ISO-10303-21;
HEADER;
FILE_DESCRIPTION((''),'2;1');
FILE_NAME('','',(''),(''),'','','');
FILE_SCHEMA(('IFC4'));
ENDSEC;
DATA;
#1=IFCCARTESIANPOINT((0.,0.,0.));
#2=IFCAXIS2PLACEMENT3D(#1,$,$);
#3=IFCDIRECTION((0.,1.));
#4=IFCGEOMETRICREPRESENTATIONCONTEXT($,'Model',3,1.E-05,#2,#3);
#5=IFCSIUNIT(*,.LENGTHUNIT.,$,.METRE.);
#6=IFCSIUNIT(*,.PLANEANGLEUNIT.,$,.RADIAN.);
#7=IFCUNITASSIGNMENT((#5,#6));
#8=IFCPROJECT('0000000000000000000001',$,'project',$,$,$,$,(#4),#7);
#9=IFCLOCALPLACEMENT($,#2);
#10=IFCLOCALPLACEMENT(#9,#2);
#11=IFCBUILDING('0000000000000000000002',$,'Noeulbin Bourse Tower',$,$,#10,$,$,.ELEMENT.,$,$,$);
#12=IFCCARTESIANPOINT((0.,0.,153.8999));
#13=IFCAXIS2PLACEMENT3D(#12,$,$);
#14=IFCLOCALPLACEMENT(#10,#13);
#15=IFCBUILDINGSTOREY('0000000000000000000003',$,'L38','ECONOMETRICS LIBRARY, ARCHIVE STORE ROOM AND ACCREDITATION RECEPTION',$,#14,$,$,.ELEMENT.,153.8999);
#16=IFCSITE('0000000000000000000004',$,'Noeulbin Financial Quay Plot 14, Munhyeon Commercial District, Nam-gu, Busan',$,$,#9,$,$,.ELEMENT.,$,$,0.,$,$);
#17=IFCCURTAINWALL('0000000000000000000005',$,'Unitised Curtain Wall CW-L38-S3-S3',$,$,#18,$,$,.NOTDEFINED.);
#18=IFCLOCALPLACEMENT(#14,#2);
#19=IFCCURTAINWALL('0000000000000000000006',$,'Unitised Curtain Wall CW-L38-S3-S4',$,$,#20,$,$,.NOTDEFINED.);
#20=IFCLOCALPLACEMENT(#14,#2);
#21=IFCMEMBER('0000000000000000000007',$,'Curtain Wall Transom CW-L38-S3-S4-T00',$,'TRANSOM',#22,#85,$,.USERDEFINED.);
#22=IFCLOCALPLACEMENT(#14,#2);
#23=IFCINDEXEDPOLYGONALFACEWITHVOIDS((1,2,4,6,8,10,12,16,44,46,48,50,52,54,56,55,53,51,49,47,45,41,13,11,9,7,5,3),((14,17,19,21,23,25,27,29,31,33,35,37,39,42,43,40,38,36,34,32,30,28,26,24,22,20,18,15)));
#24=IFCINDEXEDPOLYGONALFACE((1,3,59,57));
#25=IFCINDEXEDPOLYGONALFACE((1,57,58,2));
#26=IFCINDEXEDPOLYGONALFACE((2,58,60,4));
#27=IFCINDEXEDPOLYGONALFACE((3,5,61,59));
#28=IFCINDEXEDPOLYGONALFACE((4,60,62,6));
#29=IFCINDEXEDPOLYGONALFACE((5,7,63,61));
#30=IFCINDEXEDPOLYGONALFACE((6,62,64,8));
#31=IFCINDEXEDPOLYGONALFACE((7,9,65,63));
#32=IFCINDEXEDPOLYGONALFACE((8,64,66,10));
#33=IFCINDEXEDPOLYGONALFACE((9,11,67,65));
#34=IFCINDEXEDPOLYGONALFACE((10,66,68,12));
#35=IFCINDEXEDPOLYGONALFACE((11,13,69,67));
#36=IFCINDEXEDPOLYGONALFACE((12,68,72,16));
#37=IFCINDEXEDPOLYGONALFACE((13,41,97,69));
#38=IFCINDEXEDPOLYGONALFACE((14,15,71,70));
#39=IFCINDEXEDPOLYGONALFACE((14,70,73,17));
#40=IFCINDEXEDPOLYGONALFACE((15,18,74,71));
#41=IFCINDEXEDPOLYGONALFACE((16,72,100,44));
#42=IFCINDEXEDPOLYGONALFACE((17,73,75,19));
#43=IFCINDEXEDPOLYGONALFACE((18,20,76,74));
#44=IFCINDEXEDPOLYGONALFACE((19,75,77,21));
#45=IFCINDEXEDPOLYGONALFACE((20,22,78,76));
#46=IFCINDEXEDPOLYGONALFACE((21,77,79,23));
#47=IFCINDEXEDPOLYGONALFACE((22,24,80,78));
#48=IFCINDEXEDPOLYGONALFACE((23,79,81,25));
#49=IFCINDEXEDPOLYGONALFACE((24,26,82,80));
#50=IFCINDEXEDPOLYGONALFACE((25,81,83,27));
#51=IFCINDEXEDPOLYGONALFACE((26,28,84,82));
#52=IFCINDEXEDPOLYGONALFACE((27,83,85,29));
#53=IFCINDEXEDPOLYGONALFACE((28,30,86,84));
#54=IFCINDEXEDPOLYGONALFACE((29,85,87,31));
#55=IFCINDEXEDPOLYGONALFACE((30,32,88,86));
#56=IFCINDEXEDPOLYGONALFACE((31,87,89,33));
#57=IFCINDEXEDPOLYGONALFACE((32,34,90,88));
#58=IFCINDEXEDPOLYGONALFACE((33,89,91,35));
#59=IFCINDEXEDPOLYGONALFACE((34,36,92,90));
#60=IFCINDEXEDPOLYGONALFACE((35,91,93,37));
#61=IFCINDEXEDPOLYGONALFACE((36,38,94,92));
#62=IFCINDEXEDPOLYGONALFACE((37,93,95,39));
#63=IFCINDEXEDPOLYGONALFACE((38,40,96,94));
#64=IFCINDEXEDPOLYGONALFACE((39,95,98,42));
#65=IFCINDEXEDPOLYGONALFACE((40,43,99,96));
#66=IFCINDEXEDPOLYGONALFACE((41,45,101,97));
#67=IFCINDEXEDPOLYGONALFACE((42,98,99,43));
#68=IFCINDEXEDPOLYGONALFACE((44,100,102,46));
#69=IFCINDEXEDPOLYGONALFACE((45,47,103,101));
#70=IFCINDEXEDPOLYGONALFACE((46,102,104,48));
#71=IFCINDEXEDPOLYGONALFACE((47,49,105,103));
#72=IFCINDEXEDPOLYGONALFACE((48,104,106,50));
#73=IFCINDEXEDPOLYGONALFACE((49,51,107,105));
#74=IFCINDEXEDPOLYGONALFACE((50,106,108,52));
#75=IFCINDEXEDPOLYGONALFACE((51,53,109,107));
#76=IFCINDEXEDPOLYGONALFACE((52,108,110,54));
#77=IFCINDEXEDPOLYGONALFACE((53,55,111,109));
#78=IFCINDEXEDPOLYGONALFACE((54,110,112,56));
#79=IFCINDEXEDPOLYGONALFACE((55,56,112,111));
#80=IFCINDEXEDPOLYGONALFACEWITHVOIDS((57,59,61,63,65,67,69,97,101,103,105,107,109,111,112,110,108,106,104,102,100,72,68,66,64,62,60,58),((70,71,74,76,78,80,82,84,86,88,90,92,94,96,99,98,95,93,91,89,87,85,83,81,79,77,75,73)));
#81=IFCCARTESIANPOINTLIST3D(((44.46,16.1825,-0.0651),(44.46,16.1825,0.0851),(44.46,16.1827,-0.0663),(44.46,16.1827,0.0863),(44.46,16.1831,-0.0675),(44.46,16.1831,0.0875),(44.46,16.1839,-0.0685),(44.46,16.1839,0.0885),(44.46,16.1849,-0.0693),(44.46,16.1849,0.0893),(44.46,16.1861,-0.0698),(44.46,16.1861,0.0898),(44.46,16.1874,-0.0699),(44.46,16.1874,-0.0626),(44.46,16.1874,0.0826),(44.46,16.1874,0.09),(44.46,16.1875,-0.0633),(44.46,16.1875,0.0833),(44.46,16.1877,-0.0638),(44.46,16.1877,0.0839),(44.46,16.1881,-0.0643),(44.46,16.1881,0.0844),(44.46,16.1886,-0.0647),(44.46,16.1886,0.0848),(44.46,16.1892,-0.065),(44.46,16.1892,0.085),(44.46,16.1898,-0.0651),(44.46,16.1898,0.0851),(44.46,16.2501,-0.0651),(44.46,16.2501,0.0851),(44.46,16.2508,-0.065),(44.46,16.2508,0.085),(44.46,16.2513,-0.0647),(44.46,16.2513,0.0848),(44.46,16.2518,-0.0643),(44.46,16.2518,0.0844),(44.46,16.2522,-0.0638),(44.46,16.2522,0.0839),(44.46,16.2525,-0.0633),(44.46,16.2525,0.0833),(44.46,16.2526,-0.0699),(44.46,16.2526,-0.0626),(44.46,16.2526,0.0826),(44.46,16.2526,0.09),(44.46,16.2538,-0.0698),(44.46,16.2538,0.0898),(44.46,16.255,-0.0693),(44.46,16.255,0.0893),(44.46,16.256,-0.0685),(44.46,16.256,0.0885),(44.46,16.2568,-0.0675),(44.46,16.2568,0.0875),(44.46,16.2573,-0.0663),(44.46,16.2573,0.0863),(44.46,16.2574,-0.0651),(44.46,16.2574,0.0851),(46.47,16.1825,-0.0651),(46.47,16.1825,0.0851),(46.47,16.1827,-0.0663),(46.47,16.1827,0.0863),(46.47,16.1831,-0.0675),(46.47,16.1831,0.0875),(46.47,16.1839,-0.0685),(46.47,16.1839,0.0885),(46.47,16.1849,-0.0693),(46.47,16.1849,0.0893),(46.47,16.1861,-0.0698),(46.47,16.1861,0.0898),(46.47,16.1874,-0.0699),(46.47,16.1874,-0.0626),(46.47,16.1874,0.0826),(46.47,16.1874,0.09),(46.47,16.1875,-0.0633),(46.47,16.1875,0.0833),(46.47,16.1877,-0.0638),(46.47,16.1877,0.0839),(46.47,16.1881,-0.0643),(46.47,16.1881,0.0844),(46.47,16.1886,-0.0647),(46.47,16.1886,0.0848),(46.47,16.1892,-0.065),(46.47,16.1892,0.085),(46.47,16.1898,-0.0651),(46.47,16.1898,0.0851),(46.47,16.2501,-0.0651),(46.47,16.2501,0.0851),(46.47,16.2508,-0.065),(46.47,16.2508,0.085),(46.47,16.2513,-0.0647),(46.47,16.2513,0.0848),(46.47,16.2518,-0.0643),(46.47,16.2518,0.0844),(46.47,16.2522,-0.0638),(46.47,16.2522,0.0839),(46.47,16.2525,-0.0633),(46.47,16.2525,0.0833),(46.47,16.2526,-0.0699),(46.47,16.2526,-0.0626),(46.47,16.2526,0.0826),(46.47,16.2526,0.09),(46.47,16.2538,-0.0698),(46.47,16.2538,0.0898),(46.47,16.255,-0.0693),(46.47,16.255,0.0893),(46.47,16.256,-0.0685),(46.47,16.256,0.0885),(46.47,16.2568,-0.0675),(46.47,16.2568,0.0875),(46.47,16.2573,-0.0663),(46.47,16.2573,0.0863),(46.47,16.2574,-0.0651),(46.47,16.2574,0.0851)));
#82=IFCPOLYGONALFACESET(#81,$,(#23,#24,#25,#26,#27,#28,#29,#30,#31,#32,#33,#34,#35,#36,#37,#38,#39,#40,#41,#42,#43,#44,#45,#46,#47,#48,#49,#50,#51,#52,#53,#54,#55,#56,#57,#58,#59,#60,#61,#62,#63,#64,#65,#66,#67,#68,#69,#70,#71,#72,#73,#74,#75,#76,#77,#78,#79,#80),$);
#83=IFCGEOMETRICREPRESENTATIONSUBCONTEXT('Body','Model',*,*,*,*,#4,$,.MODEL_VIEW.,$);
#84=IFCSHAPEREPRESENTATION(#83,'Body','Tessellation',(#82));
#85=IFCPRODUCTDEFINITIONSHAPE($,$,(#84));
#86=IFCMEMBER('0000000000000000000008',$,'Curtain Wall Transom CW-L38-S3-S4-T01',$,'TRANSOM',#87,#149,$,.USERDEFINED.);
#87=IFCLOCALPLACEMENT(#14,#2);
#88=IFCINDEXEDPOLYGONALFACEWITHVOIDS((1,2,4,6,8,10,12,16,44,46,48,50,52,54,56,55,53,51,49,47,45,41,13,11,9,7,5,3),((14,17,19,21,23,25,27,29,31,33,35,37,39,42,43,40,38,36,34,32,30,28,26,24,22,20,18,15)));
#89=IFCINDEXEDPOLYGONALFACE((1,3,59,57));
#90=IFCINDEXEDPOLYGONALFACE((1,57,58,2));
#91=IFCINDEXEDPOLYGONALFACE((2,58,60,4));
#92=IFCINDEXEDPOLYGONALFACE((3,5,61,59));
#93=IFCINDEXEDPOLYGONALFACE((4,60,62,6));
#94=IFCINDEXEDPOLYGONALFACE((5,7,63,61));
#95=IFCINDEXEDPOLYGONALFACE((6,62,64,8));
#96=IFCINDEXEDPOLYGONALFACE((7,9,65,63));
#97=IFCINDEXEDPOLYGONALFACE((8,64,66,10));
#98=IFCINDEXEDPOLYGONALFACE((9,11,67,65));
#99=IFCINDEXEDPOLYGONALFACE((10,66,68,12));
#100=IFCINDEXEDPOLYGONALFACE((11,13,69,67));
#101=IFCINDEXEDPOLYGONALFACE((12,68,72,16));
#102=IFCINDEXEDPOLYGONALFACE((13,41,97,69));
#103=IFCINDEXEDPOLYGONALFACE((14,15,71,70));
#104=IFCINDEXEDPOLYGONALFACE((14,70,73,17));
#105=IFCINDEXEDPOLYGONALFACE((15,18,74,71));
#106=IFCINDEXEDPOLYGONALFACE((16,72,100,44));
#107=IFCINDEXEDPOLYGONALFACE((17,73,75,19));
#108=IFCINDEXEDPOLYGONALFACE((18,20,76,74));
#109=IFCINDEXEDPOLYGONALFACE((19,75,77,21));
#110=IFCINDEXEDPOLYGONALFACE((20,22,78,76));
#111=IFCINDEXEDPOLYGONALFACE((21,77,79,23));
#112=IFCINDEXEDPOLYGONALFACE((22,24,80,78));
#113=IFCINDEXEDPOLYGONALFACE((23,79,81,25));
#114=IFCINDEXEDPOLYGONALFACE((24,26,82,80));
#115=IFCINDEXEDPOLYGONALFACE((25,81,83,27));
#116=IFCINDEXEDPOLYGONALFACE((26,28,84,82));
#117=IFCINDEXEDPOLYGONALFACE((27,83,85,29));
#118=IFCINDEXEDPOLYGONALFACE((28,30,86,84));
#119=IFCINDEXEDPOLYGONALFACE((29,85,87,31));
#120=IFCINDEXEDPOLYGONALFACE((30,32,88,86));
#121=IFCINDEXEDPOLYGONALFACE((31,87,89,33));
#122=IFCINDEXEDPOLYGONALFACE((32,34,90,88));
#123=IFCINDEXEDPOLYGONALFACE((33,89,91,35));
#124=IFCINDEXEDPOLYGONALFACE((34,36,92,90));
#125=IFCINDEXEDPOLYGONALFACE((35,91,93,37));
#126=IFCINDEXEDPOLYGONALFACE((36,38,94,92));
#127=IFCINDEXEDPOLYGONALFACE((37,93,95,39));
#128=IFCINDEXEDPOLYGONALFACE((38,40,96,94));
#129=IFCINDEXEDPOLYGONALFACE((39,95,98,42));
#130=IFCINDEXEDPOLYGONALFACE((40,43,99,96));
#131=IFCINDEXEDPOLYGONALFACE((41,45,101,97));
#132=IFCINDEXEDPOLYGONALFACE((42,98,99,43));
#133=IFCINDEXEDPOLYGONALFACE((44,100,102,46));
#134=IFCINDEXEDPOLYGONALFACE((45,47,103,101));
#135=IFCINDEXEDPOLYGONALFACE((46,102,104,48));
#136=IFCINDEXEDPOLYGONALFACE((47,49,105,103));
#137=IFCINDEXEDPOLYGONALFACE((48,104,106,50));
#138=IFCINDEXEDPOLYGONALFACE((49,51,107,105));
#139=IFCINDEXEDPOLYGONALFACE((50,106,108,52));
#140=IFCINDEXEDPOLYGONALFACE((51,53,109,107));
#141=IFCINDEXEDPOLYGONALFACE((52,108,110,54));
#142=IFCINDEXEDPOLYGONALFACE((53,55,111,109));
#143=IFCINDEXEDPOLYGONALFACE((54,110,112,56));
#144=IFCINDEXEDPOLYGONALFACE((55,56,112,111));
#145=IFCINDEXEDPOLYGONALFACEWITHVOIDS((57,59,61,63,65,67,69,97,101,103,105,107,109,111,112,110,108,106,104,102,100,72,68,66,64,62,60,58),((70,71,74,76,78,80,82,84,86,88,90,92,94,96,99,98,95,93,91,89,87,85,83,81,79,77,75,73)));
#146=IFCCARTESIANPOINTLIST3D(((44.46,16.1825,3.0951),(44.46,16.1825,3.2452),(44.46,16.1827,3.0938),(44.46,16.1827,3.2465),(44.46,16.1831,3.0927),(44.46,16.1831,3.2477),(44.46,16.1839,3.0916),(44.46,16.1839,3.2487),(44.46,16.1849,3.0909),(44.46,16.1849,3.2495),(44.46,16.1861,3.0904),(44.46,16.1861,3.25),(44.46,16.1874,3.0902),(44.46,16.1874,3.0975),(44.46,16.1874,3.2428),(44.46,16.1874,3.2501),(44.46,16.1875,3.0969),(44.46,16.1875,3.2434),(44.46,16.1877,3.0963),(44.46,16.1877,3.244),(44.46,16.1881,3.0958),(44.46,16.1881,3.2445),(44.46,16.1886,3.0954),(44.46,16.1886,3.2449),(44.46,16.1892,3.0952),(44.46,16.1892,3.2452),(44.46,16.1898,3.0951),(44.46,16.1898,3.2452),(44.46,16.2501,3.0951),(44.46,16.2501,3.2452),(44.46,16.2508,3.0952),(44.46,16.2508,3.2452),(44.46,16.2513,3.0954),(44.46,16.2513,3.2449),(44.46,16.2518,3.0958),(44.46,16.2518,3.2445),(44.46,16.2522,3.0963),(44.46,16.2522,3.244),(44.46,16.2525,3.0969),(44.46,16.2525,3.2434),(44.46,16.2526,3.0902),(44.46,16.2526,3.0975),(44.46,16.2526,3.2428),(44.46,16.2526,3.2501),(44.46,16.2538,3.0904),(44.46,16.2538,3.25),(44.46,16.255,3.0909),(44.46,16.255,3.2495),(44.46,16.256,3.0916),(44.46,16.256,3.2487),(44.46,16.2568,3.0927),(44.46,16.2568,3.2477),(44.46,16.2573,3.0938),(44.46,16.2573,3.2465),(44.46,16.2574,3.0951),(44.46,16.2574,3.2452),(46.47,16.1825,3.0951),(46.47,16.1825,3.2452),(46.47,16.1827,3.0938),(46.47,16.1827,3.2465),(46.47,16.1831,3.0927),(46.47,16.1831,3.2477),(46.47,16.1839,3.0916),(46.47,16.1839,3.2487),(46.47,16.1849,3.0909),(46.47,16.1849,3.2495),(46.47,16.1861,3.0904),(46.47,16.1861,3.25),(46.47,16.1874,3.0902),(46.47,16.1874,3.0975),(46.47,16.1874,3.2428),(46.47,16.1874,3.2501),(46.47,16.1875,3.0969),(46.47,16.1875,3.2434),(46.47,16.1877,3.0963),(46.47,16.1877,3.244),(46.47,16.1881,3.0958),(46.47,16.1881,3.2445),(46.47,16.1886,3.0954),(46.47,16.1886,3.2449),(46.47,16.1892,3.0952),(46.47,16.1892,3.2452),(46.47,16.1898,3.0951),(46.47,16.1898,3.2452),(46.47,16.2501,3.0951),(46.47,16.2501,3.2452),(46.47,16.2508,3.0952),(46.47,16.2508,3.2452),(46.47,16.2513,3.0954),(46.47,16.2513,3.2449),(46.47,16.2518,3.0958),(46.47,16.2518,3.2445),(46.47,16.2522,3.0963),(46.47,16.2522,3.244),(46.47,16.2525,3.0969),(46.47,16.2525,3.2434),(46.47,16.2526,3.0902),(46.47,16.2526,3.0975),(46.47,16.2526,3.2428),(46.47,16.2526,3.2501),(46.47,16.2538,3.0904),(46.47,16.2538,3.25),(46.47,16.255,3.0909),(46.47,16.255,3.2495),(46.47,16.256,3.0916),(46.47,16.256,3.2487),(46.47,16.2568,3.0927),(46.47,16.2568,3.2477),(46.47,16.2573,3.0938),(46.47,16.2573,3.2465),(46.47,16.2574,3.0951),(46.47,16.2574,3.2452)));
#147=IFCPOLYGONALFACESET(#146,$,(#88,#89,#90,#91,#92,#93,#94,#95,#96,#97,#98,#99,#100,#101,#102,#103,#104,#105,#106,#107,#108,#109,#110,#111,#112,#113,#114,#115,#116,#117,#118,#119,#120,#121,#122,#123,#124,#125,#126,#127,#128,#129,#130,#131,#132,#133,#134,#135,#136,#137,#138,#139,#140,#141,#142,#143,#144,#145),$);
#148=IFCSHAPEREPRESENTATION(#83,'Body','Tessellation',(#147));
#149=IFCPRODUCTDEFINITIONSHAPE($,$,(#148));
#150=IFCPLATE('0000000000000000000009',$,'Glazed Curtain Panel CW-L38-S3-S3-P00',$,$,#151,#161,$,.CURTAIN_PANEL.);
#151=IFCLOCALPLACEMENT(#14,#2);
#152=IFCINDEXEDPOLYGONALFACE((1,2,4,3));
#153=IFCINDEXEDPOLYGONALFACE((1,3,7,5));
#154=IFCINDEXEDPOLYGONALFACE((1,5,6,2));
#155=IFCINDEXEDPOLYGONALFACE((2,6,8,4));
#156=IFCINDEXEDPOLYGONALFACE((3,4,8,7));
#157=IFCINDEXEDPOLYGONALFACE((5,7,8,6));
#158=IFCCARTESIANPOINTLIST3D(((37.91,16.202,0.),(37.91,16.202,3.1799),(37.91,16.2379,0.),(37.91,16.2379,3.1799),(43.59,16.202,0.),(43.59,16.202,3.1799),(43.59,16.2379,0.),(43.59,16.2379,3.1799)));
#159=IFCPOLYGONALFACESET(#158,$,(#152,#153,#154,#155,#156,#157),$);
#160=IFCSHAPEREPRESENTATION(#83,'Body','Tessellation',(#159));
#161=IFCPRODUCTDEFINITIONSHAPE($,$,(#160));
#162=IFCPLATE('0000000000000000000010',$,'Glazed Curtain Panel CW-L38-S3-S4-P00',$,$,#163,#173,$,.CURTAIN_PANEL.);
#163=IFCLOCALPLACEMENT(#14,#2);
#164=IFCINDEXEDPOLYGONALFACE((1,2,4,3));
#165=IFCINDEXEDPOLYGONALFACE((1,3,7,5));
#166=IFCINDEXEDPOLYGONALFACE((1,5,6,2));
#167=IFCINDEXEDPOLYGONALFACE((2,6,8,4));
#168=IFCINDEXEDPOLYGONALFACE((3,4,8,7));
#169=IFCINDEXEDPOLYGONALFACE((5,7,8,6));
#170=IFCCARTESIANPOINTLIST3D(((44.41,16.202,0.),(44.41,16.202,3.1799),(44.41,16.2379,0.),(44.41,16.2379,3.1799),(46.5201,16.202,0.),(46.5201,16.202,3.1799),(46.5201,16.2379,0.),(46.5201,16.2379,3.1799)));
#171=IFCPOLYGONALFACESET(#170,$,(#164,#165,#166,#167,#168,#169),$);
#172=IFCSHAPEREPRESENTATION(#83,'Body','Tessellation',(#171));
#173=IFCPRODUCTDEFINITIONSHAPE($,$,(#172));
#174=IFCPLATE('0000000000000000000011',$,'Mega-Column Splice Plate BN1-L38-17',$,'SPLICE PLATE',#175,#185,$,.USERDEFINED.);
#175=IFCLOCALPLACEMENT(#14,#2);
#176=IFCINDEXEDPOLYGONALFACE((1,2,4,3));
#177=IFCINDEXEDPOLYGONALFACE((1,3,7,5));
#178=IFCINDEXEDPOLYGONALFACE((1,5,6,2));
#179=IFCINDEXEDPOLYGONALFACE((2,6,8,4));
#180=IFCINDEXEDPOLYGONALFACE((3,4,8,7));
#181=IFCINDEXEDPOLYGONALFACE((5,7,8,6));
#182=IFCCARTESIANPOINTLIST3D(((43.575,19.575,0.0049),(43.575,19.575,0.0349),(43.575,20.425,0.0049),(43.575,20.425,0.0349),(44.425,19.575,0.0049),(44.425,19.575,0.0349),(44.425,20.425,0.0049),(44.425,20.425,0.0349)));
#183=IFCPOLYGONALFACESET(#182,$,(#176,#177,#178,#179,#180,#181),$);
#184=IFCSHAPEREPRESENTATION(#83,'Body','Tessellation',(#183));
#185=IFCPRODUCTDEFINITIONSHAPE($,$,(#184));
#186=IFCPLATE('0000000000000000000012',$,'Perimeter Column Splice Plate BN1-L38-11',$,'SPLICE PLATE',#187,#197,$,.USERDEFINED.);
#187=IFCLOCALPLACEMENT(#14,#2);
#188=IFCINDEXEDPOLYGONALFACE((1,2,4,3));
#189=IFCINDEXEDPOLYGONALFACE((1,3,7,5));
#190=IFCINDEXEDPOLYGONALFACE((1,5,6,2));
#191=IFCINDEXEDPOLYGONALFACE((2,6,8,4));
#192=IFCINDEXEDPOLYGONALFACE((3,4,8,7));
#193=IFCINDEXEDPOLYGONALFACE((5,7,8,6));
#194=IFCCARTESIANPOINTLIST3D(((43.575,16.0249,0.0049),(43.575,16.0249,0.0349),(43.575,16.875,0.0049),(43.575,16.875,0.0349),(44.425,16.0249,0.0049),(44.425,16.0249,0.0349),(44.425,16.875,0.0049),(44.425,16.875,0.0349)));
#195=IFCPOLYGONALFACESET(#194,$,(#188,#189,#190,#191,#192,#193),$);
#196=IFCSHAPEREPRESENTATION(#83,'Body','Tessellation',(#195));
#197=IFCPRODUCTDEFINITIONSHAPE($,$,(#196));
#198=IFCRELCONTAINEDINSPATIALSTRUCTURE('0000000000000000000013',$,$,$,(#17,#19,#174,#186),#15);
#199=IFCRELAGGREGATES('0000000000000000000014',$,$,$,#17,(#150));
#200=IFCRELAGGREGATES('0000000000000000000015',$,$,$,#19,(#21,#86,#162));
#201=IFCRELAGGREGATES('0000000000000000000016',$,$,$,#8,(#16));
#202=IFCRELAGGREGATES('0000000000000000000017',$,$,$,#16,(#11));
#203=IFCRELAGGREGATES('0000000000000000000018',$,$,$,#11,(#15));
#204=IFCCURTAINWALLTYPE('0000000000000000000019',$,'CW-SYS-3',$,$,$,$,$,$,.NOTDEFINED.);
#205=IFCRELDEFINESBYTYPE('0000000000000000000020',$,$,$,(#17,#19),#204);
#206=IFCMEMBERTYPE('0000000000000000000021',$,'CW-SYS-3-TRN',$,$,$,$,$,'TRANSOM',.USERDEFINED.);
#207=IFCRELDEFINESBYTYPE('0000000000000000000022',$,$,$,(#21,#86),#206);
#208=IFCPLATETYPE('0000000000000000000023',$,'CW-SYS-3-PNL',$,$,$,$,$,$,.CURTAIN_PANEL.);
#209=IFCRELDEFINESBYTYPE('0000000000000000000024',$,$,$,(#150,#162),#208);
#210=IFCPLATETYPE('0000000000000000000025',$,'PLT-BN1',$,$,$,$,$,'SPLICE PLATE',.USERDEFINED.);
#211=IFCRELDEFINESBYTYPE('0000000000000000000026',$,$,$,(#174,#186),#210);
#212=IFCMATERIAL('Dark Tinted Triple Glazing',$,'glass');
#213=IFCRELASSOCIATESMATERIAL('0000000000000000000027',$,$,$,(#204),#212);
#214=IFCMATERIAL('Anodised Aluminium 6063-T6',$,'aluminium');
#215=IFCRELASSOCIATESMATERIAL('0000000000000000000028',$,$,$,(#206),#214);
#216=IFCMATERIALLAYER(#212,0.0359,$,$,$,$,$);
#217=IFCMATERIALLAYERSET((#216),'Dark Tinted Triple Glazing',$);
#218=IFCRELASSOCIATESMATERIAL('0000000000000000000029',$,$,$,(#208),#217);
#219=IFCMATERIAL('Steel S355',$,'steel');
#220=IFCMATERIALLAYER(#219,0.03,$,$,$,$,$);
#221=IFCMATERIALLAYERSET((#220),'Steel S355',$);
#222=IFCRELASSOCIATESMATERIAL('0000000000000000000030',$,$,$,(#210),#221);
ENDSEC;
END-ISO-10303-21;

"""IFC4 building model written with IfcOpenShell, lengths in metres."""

from ifc_helpers import new_model, si_unit, direction, frame, origin, origin_2d, place, context, subcontext, project, spatial, rectangle, hollow_rectangle, extrude, material, layer, layer_set, material_profile, profile_set, type_object, element, aggregate, save


model = new_model("IFC4")

# Units and contexts
model_context = context("Model", 3, precision=1e-05, world=origin(), true_north=direction((0.0, 1.0)))
body_context = subcontext(model_context, "Body", "Model", "MODEL_VIEW")
ifc_project = project(units=[si_unit("LENGTHUNIT", "METRE"), si_unit("PLANEANGLEUNIT", "RADIAN")], contexts=[model_context])

# Site, building, storey
site_placement = place(None, origin())
site = spatial("IfcSite", under=ifc_project, at=site_placement, Name="Noeulbin Financial Quay Plot 14, Munhyeon Commercial District, Nam-gu, Busan", CompositionType="ELEMENT", RefElevation=0.0)
building_placement = place(site_placement, origin())
building = spatial("IfcBuilding", under=site, at=building_placement, Name="Noeulbin Bourse Tower", CompositionType="ELEMENT")
storey_placement = place(building_placement, frame((0.0, 0.0, 153.8999)))
storey = spatial("IfcBuildingStorey", under=building, at=storey_placement, Name="L38", Description="ECONOMETRICS LIBRARY, ARCHIVE STORE ROOM AND ACCREDITATION RECEPTION", CompositionType="ELEMENT", Elevation=153.8999)

# Shared definitions
ifc_material_1 = material(Name="Steel S355", Category="steel")

# Curtain walls
ifc_material_2 = material(Name="Dark Tinted Triple Glazing", Category="glass")
curtain_wall_type = type_object("IfcCurtainWallType", Name="CW-SYS-3", PredefinedType="NOTDEFINED", material=ifc_material_2)
curtain_wall_1_placement = place(storey_placement, origin())
curtain_wall_1 = element("IfcCurtainWall", 1, at=curtain_wall_1_placement, inside=storey, type_object=curtain_wall_type, Name="Unitised Curtain Wall CW-L38-S3-S3", PredefinedType="NOTDEFINED")
ifc_material_3 = material(Name="Anodised Aluminium 6063-T6", Category="aluminium")
curtain_wall_2_placement = place(storey_placement, origin())
curtain_wall_2 = element("IfcCurtainWall", 2, at=curtain_wall_2_placement, inside=storey, type_object=curtain_wall_type, Name="Unitised Curtain Wall CW-L38-S3-S4", PredefinedType="NOTDEFINED")

# Members
ifc_material_profile_1 = material_profile(ifc_material_3, hollow_rectangle(XDim=0.075, YDim=0.1599, WallThickness=0.0049, InnerFilletRadius=0.0024, OuterFilletRadius=0.0049, at=origin_2d()), Name="ALU-TRAN-75x160x5", Category="LoadBearing")
ifc_profile_set_1 = profile_set([ifc_material_profile_1], Name="Anodised Aluminium 6063-T6")
member_type_1 = type_object("IfcMemberType", Name="CW-SYS-3-TRN", ElementType="TRANSOM", PredefinedType="USERDEFINED", material=ifc_profile_set_1)
member_1_placement = place(storey_placement, frame((44.46, 16.22, 0.01), z_axis=(1.0, 0.0, 0.0), x_axis=(0.0, 1.0, 0.0)))
member_1 = element("IfcMember", 3, at=member_1_placement, type_object=member_type_1, Name="Curtain Wall Transom CW-L38-S3-S4-T00", ObjectType="TRANSOM", PredefinedType="USERDEFINED", context=body_context, shape_type="SweptSolid", body=[
    extrude(hollow_rectangle(XDim=0.075, YDim=0.1599, WallThickness=0.0049, InnerFilletRadius=0.0024, OuterFilletRadius=0.0049, at=origin_2d()), origin(), (0.0, 0.0, 1.0), 2.01),
])
member_2_placement = place(storey_placement, frame((44.46, 16.22, 3.1702), z_axis=(1.0, 0.0, 0.0), x_axis=(0.0, 1.0, 0.0)))
member_2 = element("IfcMember", 4, at=member_2_placement, type_object=member_type_1, Name="Curtain Wall Transom CW-L38-S3-S4-T01", ObjectType="TRANSOM", PredefinedType="USERDEFINED", context=body_context, shape_type="SweptSolid", body=[
    extrude(hollow_rectangle(XDim=0.075, YDim=0.1599, WallThickness=0.0049, InnerFilletRadius=0.0024, OuterFilletRadius=0.0049, at=origin_2d()), origin(), (0.0, 0.0, 1.0), 2.01),
])

# Plates
ifc_layer_1 = layer(ifc_material_2, 0.0359)
ifc_layer_set_1 = layer_set([ifc_layer_1], Name="Dark Tinted Triple Glazing")
plate_type_1 = type_object("IfcPlateType", Name="CW-SYS-3-PNL", PredefinedType="CURTAIN_PANEL", material=ifc_layer_set_1)
plate_1_placement = place(storey_placement, frame((40.75, 16.22, 0.0), z_axis=(0.0, 0.0, 1.0), x_axis=(1.0, 0.0, 0.0)))
plate_1 = element("IfcPlate", 5, at=plate_1_placement, type_object=plate_type_1, Name="Glazed Curtain Panel CW-L38-S3-S3-P00", PredefinedType="CURTAIN_PANEL", context=body_context, shape_type="SweptSolid", body=[
    extrude(rectangle(XDim=5.6799, YDim=0.0359, at=origin_2d()), origin(), (0.0, 0.0, 1.0), 3.1799),
])
aggregate(curtain_wall_1, [plate_1])
plate_2_placement = place(storey_placement, frame((45.4651, 16.22, 0.0), z_axis=(0.0, 0.0, 1.0), x_axis=(1.0, 0.0, 0.0)))
plate_2 = element("IfcPlate", 6, at=plate_2_placement, type_object=plate_type_1, Name="Glazed Curtain Panel CW-L38-S3-S4-P00", PredefinedType="CURTAIN_PANEL", context=body_context, shape_type="SweptSolid", body=[
    extrude(rectangle(XDim=2.1101, YDim=0.0359, at=origin_2d()), origin(), (0.0, 0.0, 1.0), 3.1799),
])
aggregate(curtain_wall_2, [member_1, member_2, plate_2])

# Plates
ifc_layer_2 = layer(ifc_material_1, 0.03)
ifc_layer_set_2 = layer_set([ifc_layer_2], Name="Steel S355")
plate_type_2 = type_object("IfcPlateType", Name="PLT-BN1", ElementType="SPLICE PLATE", PredefinedType="USERDEFINED", material=ifc_layer_set_2)
for number, where, z_axis, x_axis, name in (
    (7, (44.0, 20.0, 0.0049), (0.0, 0.0, 1.0), (1.0, 0.0, 0.0), "Mega-Column Splice Plate BN1-L38-17"),
    (8, (44.0, 16.45, 0.0049), (0.0, 0.0, 1.0), (1.0, 0.0, 0.0), "Perimeter Column Splice Plate BN1-L38-11"),
):
    element("IfcPlate", number, at=place(storey_placement, frame(where, z_axis=z_axis, x_axis=x_axis)), inside=storey, type_object=plate_type_2, Name=name, ObjectType="SPLICE PLATE", PredefinedType="USERDEFINED", context=body_context, shape_type="SweptSolid", body=[
        extrude(rectangle(XDim=0.8501, YDim=0.8501, at=origin_2d()), origin(), (0.0, 0.0, 1.0), 0.03),
    ])

save(model, "model.ifc")
